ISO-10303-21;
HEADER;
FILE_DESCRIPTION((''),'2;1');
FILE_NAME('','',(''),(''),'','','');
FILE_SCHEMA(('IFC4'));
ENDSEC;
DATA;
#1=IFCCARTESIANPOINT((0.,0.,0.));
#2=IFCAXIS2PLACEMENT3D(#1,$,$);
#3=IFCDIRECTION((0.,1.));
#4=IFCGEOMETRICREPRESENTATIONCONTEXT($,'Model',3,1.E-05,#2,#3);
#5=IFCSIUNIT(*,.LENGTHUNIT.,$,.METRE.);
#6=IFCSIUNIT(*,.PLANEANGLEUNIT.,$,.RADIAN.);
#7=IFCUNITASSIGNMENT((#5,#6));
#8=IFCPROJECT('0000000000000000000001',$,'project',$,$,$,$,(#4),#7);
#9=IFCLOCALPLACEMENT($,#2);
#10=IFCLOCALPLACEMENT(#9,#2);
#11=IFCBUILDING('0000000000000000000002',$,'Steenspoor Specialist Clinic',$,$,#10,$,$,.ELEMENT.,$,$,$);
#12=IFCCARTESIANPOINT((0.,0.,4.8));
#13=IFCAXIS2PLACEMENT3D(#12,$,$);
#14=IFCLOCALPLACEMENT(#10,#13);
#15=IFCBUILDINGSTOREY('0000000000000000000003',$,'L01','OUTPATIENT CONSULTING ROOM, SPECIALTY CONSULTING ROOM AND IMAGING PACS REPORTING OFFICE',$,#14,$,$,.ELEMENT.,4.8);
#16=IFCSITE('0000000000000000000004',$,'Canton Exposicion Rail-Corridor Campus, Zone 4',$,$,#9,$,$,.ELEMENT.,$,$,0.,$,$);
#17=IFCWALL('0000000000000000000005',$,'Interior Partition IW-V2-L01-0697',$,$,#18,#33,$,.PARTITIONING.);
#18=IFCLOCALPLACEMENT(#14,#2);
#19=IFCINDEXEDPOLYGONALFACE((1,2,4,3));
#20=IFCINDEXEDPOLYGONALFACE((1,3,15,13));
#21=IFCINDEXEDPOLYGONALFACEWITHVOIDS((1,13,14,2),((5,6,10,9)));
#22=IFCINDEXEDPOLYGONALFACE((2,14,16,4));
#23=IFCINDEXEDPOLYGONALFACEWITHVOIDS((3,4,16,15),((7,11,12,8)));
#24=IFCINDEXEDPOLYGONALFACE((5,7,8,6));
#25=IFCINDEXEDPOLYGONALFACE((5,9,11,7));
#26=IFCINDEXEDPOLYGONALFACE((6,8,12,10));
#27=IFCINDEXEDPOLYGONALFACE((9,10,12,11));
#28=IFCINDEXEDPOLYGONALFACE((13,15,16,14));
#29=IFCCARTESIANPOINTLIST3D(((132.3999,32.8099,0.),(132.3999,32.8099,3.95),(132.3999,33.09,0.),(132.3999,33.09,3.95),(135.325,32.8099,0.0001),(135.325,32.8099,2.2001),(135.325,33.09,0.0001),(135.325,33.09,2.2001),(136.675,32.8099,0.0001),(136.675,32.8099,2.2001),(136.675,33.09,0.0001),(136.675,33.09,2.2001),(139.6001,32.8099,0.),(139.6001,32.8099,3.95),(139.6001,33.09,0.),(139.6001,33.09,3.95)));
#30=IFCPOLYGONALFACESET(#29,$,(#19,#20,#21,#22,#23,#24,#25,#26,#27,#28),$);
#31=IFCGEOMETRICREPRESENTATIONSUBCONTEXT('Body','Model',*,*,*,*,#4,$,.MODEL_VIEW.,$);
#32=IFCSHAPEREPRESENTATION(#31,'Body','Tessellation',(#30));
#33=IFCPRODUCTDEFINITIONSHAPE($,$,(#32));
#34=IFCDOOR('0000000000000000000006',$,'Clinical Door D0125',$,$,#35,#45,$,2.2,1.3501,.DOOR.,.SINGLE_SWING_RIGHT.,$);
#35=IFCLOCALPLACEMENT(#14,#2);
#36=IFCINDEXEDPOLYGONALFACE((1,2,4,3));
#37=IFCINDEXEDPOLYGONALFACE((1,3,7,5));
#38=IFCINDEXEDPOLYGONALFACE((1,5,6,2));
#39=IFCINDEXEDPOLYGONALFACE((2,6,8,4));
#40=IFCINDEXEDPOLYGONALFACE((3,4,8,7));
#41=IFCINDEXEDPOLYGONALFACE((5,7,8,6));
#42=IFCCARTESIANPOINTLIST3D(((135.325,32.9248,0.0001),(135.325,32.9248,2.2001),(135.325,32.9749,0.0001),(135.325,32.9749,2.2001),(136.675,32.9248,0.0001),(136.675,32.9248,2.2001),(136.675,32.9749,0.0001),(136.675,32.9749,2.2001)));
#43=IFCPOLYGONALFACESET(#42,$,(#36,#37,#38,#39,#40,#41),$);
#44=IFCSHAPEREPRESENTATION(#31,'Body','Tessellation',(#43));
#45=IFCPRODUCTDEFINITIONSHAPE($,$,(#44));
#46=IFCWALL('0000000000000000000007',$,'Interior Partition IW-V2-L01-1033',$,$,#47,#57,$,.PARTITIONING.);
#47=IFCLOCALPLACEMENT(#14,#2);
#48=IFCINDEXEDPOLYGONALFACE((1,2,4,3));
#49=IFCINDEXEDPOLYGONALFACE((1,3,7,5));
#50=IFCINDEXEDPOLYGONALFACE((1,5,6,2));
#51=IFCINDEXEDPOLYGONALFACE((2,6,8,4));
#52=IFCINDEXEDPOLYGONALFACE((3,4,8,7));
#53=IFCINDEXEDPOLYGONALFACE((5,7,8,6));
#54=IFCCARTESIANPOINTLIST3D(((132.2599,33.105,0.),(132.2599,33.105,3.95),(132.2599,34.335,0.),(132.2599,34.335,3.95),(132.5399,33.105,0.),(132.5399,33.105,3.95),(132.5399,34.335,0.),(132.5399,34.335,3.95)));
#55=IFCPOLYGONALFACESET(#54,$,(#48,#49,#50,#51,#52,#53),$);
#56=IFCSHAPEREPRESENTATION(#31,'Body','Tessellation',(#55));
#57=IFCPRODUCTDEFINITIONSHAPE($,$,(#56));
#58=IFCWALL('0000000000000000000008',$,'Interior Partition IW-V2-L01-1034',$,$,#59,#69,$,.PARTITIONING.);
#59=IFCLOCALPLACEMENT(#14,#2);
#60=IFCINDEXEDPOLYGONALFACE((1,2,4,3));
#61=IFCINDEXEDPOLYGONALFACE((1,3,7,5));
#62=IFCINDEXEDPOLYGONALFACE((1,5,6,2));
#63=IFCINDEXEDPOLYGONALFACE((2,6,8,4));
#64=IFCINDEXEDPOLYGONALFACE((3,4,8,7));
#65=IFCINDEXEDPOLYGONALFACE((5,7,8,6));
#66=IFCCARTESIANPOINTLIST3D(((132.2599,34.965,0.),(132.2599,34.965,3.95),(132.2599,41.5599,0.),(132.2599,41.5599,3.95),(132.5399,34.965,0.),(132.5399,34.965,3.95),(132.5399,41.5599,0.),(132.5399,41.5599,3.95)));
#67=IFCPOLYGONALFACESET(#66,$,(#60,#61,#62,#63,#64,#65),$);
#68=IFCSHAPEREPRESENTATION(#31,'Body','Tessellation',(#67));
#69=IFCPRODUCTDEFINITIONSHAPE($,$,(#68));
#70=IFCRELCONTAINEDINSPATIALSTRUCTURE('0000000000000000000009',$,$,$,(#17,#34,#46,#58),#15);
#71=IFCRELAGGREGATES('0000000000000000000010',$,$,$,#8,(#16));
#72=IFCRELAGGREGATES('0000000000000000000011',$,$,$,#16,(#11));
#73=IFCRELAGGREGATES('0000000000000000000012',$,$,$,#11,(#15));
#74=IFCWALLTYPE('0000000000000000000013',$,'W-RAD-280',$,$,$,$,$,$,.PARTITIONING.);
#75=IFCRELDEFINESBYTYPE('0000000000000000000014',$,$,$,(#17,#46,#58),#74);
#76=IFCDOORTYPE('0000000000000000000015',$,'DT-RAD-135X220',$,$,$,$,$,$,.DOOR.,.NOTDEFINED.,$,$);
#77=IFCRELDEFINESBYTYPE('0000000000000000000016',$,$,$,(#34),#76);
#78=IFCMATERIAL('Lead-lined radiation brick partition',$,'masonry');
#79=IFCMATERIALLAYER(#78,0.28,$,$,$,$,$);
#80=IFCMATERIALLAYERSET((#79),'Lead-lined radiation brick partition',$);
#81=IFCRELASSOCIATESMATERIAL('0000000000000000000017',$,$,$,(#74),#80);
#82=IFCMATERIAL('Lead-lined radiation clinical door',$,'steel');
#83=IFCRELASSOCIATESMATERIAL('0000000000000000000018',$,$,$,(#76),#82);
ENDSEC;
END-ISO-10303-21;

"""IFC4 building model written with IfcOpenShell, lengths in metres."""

from ifc_helpers import new_model, si_unit, direction, frame, frame_2d, origin, place, context, subcontext, project, spatial, rectangle, extrude, material, layer, layer_set, type_object, element, fill, save


model = new_model("IFC4")

# Units and contexts
model_context = context("Model", 3, precision=1e-05, world=origin(), true_north=direction((0.0, 1.0)))
body_context = subcontext(model_context, "Body", "Model", "MODEL_VIEW")
ifc_project = project(units=[si_unit("LENGTHUNIT", "METRE"), si_unit("PLANEANGLEUNIT", "RADIAN")], contexts=[model_context])

# Site, building, storey
site_placement = place(None, origin())
site = spatial("IfcSite", under=ifc_project, at=site_placement, Name="Canton Exposicion Rail-Corridor Campus, Zone 4", CompositionType="ELEMENT", RefElevation=0.0)
building_placement = place(site_placement, origin())
building = spatial("IfcBuilding", under=site, at=building_placement, Name="Steenspoor Specialist Clinic", CompositionType="ELEMENT")
storey_placement = place(building_placement, frame((0.0, 0.0, 4.8)))
storey = spatial("IfcBuildingStorey", under=building, at=storey_placement, Name="L01", Description="OUTPATIENT CONSULTING ROOM, SPECIALTY CONSULTING ROOM AND IMAGING PACS REPORTING OFFICE", CompositionType="ELEMENT", Elevation=4.8)

# Wall, opening, door
ifc_material_1 = material(Name="Lead-lined radiation brick partition", Category="masonry")
ifc_layer_1 = layer(ifc_material_1, 0.28)
ifc_layer_set_1 = layer_set([ifc_layer_1], Name="Lead-lined radiation brick partition")
wall_type_1 = type_object("IfcWallType", Name="W-RAD-280", PredefinedType="PARTITIONING", material=ifc_layer_set_1)
wall_1_placement = place(storey_placement, frame((132.3999, 32.95, 0.0), z_axis=(0.0, 0.0, 1.0), x_axis=(1.0, 0.0, 0.0)))
wall_1 = element("IfcWall", 1, at=wall_1_placement, inside=storey, type_object=wall_type_1, Name="Interior Partition IW-V2-L01-0697", PredefinedType="PARTITIONING", context=body_context, shape_type="SweptSolid", body=[
    extrude(rectangle(XDim=7.2002, YDim=0.28, at=frame_2d((3.6001, 0.0))), origin(), (0.0, 0.0, 1.0), 3.95),
])
opening_1_placement = place(wall_1_placement, frame((2.925, 0.0, 0.0)))
opening_1 = element("IfcOpeningElement", 2, at=opening_1_placement, cuts=wall_1, PredefinedType="OPENING", context=body_context, shape_type="SweptSolid", body=[
    extrude(rectangle(XDim=1.3501, YDim=2.2, at=frame_2d((0.675, 1.1001))), frame((0.0, 0.1499, 0.0), z_axis=(0.0, -1.0, 0.0), x_axis=(1.0, 0.0, 0.0)), (0.0, 0.0, 1.0), 0.3),
])
ifc_material_2 = material(Name="Lead-lined radiation clinical door", Category="steel")
door_type_1 = type_object("IfcDoorType", Name="DT-RAD-135X220", OperationType="NOTDEFINED", PredefinedType="DOOR", material=ifc_material_2)
door_1_placement = place(opening_1_placement, origin())
door_1 = element("IfcDoor", 3, at=door_1_placement, inside=storey, type_object=door_type_1, Name="Clinical Door D0125", OperationType="SINGLE_SWING_RIGHT", OverallHeight=2.2, OverallWidth=1.3501, PredefinedType="DOOR", context=body_context, shape_type="SweptSolid", body=[
    extrude(rectangle(XDim=1.3501, YDim=2.2, at=frame_2d((0.675, 1.1001))), frame((0.0, 0.0249, 0.0), z_axis=(0.0, -1.0, 0.0), x_axis=(1.0, 0.0, 0.0)), (0.0, 0.0, 1.0), 0.05),
])
fill(opening_1, door_1)

# Walls
wall_2_placement = place(storey_placement, frame((132.3999, 33.105, 0.0), z_axis=(0.0, 0.0, 1.0), x_axis=(0.0, 1.0, 0.0)))
element("IfcWall", 4, at=wall_2_placement, inside=storey, type_object=wall_type_1, Name="Interior Partition IW-V2-L01-1033", PredefinedType="PARTITIONING", context=body_context, shape_type="SweptSolid", body=[
    extrude(rectangle(XDim=1.23, YDim=0.28, at=frame_2d((0.615, 0.0))), origin(), (0.0, 0.0, 1.0), 3.95),
])
wall_3_placement = place(storey_placement, frame((132.3999, 34.9651, 0.0), z_axis=(0.0, 0.0, 1.0), x_axis=(0.0, 1.0, 0.0)))
element("IfcWall", 5, at=wall_3_placement, inside=storey, type_object=wall_type_1, Name="Interior Partition IW-V2-L01-1034", PredefinedType="PARTITIONING", context=body_context, shape_type="SweptSolid", body=[
    extrude(rectangle(XDim=6.595, YDim=0.28, at=frame_2d((3.2974, 0.0))), origin(), (0.0, 0.0, 1.0), 3.95),
])

save(model, "model.ifc")
